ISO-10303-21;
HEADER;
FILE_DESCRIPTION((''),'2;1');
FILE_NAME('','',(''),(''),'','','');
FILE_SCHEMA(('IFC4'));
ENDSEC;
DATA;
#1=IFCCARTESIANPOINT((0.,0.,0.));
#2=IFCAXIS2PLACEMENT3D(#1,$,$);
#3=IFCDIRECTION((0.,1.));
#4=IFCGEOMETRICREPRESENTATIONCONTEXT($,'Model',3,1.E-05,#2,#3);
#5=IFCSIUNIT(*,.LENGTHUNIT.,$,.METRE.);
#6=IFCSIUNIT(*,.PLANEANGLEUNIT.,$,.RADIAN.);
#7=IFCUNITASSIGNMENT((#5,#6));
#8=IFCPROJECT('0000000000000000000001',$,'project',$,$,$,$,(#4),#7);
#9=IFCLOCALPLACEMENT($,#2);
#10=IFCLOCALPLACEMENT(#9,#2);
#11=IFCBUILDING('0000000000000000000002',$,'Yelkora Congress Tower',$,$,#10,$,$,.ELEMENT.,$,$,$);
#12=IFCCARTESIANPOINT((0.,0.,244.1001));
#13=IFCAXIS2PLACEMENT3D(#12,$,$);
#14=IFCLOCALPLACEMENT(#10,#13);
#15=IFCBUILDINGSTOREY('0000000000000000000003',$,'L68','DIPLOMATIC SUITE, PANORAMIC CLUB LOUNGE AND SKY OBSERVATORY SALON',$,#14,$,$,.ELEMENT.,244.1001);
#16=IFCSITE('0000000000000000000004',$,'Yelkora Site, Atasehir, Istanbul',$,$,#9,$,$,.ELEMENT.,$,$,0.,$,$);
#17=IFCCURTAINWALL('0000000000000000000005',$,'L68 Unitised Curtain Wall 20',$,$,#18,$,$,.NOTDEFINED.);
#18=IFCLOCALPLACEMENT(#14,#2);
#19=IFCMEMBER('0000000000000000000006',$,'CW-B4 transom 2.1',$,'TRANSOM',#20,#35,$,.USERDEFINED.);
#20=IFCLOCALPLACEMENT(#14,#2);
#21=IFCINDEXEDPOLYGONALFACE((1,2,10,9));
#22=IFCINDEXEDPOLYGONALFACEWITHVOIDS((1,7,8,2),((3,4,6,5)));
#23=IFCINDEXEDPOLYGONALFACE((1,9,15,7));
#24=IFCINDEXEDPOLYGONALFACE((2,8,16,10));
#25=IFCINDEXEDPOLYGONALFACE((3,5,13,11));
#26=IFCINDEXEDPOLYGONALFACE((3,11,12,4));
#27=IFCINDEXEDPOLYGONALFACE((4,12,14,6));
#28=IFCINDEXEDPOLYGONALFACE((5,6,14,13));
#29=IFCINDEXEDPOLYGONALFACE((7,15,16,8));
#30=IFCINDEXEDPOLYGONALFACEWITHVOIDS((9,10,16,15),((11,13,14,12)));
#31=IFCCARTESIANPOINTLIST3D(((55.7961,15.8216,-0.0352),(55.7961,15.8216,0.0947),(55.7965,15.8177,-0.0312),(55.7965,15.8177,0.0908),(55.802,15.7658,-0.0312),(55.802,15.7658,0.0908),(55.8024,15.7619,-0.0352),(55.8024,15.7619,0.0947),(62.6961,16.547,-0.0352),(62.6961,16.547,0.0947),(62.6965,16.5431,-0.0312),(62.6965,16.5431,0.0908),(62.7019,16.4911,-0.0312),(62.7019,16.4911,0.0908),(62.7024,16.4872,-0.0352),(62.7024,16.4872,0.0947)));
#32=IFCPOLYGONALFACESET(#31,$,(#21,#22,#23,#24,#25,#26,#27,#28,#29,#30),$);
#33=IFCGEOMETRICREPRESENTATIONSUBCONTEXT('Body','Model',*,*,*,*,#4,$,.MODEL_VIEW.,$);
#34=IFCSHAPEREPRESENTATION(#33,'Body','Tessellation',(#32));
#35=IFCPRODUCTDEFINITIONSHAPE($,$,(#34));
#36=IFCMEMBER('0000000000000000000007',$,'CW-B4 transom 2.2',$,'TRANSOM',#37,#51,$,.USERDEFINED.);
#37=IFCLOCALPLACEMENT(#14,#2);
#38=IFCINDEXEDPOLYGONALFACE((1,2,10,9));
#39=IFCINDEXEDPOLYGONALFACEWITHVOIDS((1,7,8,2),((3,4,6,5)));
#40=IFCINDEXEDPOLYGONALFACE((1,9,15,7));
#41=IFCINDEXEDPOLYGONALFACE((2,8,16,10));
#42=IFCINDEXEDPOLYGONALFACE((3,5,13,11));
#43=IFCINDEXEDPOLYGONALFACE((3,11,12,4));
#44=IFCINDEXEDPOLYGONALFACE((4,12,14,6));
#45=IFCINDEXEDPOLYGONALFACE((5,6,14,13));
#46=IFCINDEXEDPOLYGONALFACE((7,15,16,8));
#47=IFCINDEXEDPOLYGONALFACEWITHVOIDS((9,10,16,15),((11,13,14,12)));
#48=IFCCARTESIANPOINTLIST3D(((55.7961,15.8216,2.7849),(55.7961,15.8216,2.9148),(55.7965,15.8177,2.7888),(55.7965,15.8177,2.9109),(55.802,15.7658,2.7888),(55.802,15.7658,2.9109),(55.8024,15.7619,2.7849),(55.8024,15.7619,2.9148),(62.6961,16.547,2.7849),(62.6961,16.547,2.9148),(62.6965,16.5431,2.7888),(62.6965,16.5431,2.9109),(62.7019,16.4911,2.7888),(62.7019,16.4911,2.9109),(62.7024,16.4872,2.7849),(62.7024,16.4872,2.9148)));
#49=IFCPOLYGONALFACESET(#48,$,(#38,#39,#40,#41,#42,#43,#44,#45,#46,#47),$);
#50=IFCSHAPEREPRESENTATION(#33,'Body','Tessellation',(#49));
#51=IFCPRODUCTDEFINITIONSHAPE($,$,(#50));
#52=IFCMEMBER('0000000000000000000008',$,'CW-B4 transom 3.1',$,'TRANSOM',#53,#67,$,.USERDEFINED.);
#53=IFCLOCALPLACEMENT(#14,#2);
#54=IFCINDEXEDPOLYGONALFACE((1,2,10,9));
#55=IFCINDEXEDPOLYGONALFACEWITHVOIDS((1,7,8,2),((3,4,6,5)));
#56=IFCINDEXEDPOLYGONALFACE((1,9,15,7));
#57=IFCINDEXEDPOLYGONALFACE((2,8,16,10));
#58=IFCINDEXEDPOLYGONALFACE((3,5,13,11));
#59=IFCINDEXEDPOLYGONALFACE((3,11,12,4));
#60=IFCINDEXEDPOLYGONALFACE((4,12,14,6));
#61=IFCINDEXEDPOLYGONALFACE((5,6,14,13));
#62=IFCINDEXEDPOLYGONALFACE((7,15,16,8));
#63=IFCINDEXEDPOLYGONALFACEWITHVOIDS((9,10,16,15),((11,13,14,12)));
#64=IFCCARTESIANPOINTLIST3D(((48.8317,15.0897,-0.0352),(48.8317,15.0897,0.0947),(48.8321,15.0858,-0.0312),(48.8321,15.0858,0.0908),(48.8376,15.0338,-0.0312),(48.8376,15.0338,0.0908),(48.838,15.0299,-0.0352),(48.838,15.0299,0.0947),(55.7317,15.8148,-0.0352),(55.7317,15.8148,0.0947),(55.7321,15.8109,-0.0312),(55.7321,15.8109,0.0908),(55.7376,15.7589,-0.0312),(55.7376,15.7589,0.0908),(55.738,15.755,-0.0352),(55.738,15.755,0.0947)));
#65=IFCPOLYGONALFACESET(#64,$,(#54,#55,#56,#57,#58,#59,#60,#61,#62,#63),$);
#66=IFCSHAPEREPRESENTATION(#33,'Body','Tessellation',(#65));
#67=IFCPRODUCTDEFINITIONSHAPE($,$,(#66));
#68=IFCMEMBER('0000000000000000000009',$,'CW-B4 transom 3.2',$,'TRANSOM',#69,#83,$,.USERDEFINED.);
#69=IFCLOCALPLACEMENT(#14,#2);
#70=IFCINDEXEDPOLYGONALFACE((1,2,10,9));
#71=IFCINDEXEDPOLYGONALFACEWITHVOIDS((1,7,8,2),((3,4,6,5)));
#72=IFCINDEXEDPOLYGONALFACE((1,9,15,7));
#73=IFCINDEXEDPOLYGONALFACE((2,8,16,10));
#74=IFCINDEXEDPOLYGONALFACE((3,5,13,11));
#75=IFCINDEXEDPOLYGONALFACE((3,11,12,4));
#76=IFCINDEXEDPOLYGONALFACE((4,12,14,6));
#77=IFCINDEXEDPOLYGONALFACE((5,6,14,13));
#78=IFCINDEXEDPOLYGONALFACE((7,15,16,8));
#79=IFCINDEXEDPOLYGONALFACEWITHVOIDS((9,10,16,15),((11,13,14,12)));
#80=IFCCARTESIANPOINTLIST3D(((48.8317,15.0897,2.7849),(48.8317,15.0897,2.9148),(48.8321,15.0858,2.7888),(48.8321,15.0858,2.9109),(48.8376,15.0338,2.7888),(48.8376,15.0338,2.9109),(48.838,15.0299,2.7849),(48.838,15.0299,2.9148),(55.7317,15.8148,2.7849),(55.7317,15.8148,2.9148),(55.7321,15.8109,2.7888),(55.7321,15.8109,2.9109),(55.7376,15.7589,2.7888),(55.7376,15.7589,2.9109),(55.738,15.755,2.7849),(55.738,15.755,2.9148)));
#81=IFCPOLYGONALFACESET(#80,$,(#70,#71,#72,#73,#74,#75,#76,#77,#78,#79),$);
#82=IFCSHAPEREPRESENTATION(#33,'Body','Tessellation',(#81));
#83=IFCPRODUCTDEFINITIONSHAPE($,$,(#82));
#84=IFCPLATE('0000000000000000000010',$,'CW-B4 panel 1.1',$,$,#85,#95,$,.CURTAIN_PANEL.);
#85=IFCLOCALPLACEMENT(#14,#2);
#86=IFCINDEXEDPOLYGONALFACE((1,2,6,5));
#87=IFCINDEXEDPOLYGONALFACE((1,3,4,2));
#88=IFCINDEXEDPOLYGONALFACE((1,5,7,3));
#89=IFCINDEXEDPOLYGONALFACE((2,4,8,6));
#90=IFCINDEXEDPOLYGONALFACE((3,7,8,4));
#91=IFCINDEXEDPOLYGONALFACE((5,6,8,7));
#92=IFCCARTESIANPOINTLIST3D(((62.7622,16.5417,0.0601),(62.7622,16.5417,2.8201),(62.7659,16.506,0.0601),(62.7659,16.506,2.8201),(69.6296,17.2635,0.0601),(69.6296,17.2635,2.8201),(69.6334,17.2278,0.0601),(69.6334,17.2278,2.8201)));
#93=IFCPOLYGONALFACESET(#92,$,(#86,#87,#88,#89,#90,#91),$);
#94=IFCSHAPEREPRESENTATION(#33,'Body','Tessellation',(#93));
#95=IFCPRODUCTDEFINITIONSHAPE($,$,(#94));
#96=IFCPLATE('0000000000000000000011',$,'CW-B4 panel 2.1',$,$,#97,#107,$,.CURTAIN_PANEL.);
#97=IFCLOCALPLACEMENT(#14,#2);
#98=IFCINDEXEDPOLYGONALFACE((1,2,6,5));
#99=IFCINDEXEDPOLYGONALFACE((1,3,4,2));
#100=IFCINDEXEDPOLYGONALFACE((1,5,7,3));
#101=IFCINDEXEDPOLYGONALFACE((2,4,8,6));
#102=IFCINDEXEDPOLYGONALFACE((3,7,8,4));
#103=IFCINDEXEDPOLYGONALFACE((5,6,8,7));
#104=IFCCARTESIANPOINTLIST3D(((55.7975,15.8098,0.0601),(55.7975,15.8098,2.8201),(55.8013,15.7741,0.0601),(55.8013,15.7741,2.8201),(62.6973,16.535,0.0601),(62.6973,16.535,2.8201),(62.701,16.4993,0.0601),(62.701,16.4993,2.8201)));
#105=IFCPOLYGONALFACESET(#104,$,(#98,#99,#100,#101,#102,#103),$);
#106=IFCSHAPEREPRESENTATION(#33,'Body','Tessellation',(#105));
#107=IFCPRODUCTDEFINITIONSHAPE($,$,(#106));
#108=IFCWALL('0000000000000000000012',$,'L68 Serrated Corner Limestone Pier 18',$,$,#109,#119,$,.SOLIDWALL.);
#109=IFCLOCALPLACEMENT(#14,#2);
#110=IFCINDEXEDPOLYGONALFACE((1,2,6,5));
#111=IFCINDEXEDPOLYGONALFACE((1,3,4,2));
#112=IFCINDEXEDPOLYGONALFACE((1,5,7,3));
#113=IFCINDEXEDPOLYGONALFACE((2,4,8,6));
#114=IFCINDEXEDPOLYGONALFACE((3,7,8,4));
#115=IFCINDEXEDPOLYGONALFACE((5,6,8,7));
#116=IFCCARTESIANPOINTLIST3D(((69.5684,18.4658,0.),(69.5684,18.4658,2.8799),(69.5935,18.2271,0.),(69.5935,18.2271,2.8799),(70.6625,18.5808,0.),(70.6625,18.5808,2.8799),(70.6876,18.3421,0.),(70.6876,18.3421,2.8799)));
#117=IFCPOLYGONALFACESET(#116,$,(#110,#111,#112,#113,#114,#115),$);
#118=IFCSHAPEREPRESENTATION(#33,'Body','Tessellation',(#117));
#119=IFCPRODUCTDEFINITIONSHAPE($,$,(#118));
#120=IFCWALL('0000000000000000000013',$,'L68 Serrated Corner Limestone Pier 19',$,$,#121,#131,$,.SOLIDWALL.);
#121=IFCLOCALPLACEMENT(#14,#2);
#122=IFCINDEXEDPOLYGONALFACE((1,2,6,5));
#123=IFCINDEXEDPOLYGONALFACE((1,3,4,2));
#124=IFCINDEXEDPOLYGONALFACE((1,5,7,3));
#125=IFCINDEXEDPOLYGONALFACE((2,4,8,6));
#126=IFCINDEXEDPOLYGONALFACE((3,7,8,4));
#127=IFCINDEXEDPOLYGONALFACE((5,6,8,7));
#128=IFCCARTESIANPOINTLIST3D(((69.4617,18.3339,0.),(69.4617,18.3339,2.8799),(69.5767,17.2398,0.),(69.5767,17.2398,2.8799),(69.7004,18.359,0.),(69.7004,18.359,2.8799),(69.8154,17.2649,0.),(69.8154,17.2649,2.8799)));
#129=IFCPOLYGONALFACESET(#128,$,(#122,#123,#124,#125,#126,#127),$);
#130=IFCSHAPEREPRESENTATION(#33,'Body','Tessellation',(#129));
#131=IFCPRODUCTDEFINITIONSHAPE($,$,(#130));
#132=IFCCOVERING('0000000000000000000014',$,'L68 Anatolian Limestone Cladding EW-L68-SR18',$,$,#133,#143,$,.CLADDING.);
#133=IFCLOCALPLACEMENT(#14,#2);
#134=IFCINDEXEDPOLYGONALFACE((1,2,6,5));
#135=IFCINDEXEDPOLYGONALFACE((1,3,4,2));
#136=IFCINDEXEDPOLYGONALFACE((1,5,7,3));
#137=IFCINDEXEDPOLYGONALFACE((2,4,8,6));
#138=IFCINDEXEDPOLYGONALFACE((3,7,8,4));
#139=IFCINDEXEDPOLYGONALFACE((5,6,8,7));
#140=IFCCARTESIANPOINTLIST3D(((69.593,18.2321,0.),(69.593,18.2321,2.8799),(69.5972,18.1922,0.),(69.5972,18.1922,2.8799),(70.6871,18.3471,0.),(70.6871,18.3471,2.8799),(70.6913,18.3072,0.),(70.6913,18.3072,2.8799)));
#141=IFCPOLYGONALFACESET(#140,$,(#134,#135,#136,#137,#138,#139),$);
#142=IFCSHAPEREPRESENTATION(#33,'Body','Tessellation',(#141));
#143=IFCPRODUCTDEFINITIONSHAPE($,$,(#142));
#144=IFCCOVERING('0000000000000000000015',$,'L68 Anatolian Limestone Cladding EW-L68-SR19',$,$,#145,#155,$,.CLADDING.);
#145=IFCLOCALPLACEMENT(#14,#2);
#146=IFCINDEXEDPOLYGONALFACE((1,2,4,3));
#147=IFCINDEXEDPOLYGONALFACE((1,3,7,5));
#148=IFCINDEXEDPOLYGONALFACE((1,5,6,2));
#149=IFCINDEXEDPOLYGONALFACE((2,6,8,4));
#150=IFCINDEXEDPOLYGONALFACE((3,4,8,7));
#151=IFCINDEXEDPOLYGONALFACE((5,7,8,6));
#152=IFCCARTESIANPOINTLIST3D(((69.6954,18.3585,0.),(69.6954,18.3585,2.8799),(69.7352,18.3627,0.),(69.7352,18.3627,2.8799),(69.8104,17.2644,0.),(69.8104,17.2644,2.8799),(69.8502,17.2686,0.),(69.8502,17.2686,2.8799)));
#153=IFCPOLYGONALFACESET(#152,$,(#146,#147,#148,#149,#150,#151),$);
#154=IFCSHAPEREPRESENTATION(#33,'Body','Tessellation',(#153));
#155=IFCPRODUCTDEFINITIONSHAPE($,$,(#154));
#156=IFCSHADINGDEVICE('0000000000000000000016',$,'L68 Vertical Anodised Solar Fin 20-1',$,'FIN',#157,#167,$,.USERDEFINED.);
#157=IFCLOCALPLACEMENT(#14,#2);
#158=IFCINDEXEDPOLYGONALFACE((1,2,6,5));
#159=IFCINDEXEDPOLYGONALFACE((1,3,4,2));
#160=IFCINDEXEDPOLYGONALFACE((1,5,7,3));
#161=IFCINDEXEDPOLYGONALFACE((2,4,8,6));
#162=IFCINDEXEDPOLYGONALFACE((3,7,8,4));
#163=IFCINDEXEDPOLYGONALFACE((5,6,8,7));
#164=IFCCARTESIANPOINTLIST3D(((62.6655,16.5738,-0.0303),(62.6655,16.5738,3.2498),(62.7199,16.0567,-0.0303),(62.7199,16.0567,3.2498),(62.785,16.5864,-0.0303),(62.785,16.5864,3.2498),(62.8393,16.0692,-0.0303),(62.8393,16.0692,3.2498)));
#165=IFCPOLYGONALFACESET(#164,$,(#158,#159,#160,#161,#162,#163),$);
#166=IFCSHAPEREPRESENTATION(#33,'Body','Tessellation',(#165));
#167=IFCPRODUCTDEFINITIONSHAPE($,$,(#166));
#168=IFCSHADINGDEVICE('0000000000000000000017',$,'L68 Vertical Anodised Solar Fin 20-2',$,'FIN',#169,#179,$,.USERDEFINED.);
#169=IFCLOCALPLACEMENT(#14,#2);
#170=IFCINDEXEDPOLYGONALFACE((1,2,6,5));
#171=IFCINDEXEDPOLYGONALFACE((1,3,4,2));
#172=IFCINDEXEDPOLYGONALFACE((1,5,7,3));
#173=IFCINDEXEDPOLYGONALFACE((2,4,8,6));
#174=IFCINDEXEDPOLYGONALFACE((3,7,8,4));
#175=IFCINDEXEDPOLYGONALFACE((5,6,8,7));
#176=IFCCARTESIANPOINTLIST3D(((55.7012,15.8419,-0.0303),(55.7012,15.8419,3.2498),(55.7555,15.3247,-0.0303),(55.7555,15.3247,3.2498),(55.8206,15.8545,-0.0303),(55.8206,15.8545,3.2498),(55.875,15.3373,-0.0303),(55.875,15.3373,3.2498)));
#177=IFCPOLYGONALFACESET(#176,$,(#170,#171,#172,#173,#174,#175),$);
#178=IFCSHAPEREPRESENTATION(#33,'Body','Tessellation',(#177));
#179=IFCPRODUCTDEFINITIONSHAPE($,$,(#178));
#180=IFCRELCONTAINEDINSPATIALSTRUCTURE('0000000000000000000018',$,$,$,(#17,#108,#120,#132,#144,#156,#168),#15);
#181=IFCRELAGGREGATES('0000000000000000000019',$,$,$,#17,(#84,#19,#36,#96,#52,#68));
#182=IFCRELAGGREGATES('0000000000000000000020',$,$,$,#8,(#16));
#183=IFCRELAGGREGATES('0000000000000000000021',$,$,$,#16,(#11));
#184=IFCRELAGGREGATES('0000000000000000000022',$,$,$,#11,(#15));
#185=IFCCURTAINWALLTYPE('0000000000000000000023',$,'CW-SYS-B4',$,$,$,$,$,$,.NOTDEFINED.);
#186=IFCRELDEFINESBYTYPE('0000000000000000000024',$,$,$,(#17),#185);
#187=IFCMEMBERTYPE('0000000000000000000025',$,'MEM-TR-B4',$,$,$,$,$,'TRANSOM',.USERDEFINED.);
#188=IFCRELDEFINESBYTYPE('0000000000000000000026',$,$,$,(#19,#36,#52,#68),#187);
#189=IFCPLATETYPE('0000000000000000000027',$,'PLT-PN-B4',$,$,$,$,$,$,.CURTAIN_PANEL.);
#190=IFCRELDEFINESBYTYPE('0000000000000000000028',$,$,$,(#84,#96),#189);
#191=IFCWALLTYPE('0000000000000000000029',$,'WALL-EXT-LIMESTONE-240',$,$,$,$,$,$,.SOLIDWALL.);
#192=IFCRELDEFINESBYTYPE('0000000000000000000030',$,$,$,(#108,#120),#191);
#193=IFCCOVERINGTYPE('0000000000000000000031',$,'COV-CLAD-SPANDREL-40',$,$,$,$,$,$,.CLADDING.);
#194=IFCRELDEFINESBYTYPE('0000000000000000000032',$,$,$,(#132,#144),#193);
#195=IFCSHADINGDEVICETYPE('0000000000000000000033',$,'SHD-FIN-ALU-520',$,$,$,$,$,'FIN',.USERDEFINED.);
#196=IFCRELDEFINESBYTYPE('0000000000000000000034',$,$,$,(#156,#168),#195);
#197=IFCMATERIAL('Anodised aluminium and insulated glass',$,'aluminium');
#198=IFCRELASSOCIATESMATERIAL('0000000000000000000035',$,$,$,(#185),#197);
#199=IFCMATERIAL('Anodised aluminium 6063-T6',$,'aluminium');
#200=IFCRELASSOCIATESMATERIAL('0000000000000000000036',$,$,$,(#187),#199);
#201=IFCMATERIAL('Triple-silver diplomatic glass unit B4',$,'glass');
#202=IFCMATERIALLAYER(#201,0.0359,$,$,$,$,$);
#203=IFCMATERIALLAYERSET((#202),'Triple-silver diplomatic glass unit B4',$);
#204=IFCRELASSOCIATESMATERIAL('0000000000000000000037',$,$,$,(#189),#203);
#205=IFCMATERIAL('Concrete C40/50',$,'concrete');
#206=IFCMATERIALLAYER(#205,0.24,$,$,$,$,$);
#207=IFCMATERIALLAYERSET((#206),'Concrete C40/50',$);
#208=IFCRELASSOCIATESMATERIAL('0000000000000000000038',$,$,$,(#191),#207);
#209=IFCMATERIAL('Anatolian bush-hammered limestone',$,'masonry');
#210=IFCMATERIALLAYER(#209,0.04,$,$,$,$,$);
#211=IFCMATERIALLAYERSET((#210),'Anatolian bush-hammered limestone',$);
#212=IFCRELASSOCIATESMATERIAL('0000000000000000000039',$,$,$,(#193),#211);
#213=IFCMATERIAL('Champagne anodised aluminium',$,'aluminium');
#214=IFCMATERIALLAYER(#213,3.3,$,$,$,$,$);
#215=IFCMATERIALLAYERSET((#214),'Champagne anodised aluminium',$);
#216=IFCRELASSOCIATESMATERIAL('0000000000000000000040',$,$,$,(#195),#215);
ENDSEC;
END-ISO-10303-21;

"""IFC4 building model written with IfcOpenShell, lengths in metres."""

from ifc_helpers import new_model, si_unit, direction, frame, frame_2d, origin, origin_2d, place, context, subcontext, project, spatial, rectangle, hollow_rectangle, extrude, material, layer, layer_set, material_profile, profile_set, type_object, element, aggregate, save


model = new_model("IFC4")

# Units and contexts
model_context = context("Model", 3, precision=1e-05, world=origin(), true_north=direction((0.0, 1.0)))
body_context = subcontext(model_context, "Body", "Model", "MODEL_VIEW")
ifc_project = project(units=[si_unit("LENGTHUNIT", "METRE"), si_unit("PLANEANGLEUNIT", "RADIAN")], contexts=[model_context])

# Site, building, storey
site_placement = place(None, origin())
site = spatial("IfcSite", under=ifc_project, at=site_placement, Name="Yelkora Site, Atasehir, Istanbul", CompositionType="ELEMENT", RefElevation=0.0)
building_placement = place(site_placement, origin())
building = spatial("IfcBuilding", under=site, at=building_placement, Name="Yelkora Congress Tower", CompositionType="ELEMENT")
storey_placement = place(building_placement, frame((0.0, 0.0, 244.1001)))
storey = spatial("IfcBuildingStorey", under=building, at=storey_placement, Name="L68", Description="DIPLOMATIC SUITE, PANORAMIC CLUB LOUNGE AND SKY OBSERVATORY SALON", CompositionType="ELEMENT", Elevation=244.1001)

# Curtain wall, members, plates
ifc_material_1 = material(Name="Anodised aluminium and insulated glass", Category="aluminium")
curtain_wall_type = type_object("IfcCurtainWallType", Name="CW-SYS-B4", PredefinedType="NOTDEFINED", material=ifc_material_1)
curtain_wall_placement = place(storey_placement, origin())
curtain_wall = element("IfcCurtainWall", 1, at=curtain_wall_placement, inside=storey, type_object=curtain_wall_type, Name="L68 Unitised Curtain Wall 20", PredefinedType="NOTDEFINED")
ifc_material_2 = material(Name="Anodised aluminium 6063-T6", Category="aluminium")
ifc_material_profile_1 = material_profile(ifc_material_2, hollow_rectangle(XDim=0.0601, YDim=0.1299, WallThickness=0.0039, at=origin_2d()), Name="ALU 60x130x4")
ifc_profile_set_1 = profile_set([ifc_material_profile_1], Name="Anodised aluminium 6063-T6")
member_type_1 = type_object("IfcMemberType", Name="MEM-TR-B4", ElementType="TRANSOM", PredefinedType="USERDEFINED", material=ifc_profile_set_1)
member_1_placement = place(storey_placement, frame((62.6992, 16.5171, 0.0298), z_axis=(-0.99452, -0.104547, 0.0), x_axis=(0.104547, -0.99452, 0.0)))
member_1 = element("IfcMember", 2, at=member_1_placement, type_object=member_type_1, Name="CW-B4 transom 2.1", ObjectType="TRANSOM", PredefinedType="USERDEFINED", context=body_context, shape_type="SweptSolid", body=[
    extrude(hollow_rectangle(XDim=0.0601, YDim=0.1299, WallThickness=0.0039, at=origin_2d()), origin(), (0.0, 0.0, 1.0), 6.938),
])
member_2_placement = place(storey_placement, frame((62.6992, 16.5171, 2.8499), z_axis=(-0.99452, -0.104547, 0.0), x_axis=(0.104547, -0.99452, 0.0)))
member_2 = element("IfcMember", 3, at=member_2_placement, type_object=member_type_1, Name="CW-B4 transom 2.2", ObjectType="TRANSOM", PredefinedType="USERDEFINED", context=body_context, shape_type="SweptSolid", body=[
    extrude(hollow_rectangle(XDim=0.0601, YDim=0.1299, WallThickness=0.0039, at=origin_2d()), origin(), (0.0, 0.0, 1.0), 6.938),
])
member_3_placement = place(storey_placement, frame((55.7349, 15.7849, 0.0298), z_axis=(-0.994524, -0.104513, 0.0), x_axis=(0.104513, -0.994524, 0.0)))
member_3 = element("IfcMember", 4, at=member_3_placement, type_object=member_type_1, Name="CW-B4 transom 3.1", ObjectType="TRANSOM", PredefinedType="USERDEFINED", context=body_context, shape_type="SweptSolid", body=[
    extrude(hollow_rectangle(XDim=0.0601, YDim=0.1299, WallThickness=0.0039, at=origin_2d()), origin(), (0.0, 0.0, 1.0), 6.938),
])
member_4_placement = place(storey_placement, frame((55.7349, 15.7849, 2.8499), z_axis=(-0.994524, -0.104513, 0.0), x_axis=(0.104513, -0.994524, 0.0)))
member_4 = element("IfcMember", 5, at=member_4_placement, type_object=member_type_1, Name="CW-B4 transom 3.2", ObjectType="TRANSOM", PredefinedType="USERDEFINED", context=body_context, shape_type="SweptSolid", body=[
    extrude(hollow_rectangle(XDim=0.0601, YDim=0.1299, WallThickness=0.0039, at=origin_2d()), origin(), (0.0, 0.0, 1.0), 6.938),
])
ifc_material_3 = material(Name="Triple-silver diplomatic glass unit B4", Category="glass")
ifc_layer_1 = layer(ifc_material_3, 0.0359)
ifc_layer_set_1 = layer_set([ifc_layer_1], Name="Triple-silver diplomatic glass unit B4")
plate_type = type_object("IfcPlateType", Name="PLT-PN-B4", PredefinedType="CURTAIN_PANEL", material=ifc_layer_set_1)
plate_1_placement = place(storey_placement, frame((66.1978, 16.8848, 0.0601), z_axis=(0.0, 0.0, 1.0), x_axis=(-0.994522, -0.104527, 0.0)))
plate_1 = element("IfcPlate", 6, at=plate_1_placement, type_object=plate_type, Name="CW-B4 panel 1.1", PredefinedType="CURTAIN_PANEL", context=body_context, shape_type="SweptSolid", body=[
    extrude(rectangle(XDim=6.9053, YDim=0.0359, at=origin_2d()), origin(), (0.0, 0.0, 1.0), 2.76),
])
plate_2_placement = place(storey_placement, frame((59.2493, 16.1545, 0.0601), z_axis=(0.0, 0.0, 1.0), x_axis=(-0.994522, -0.104527, 0.0)))
plate_2 = element("IfcPlate", 7, at=plate_2_placement, type_object=plate_type, Name="CW-B4 panel 2.1", PredefinedType="CURTAIN_PANEL", context=body_context, shape_type="SweptSolid", body=[
    extrude(rectangle(XDim=6.9377, YDim=0.0359, at=origin_2d()), origin(), (0.0, 0.0, 1.0), 2.76),
])
aggregate(curtain_wall, [plate_1, member_1, member_2, plate_2, member_3, member_4])

# Walls
ifc_material_4 = material(Name="Concrete C40/50", Category="concrete")
ifc_layer_2 = layer(ifc_material_4, 0.24)
ifc_layer_set_2 = layer_set([ifc_layer_2], Name="Concrete C40/50")
wall_type = type_object("IfcWallType", Name="WALL-EXT-LIMESTONE-240", PredefinedType="SOLIDWALL", material=ifc_layer_set_2)
for number, where, z_axis, x_axis, name in (
    (8, (70.675, 18.4614, 0.0), (0.0, 0.0, 1.0), (-0.994521, -0.104535, 0.0), "L68 Serrated Corner Limestone Pier 18"),
    (9, (69.5811, 18.3464, 0.0), (0.0, 0.0, 1.0), (0.104535, -0.994521, 0.0), "L68 Serrated Corner Limestone Pier 19"),
):
    element("IfcWall", number, at=place(storey_placement, frame(where, z_axis=z_axis, x_axis=x_axis)), inside=storey, type_object=wall_type, Name=name, PredefinedType="SOLIDWALL", context=body_context, shape_type="SweptSolid", body=[
        extrude(rectangle(XDim=1.1001, YDim=0.24, at=frame_2d((0.55, 0.0))), origin(), (0.0, 0.0, 1.0), 2.8799),
    ])

# Coverings
ifc_material_5 = material(Name="Anatolian bush-hammered limestone", Category="masonry")
ifc_layer_3 = layer(ifc_material_5, 0.04)
ifc_layer_set_3 = layer_set([ifc_layer_3], Name="Anatolian bush-hammered limestone")
covering_type = type_object("IfcCoveringType", Name="COV-CLAD-SPANDREL-40", PredefinedType="CLADDING", material=ifc_layer_set_3)
for number, where, z_axis, x_axis, name in (
    (10, (70.6892, 18.3271, 0.0), (0.0, 0.0, 1.0), (-0.994521, -0.104535, 0.0), "L68 Anatolian Limestone Cladding EW-L68-SR18"),
    (11, (69.7153, 18.3606, 0.0), (0.0, 0.0, 1.0), (0.104535, -0.994521, 0.0), "L68 Anatolian Limestone Cladding EW-L68-SR19"),
):
    element("IfcCovering", number, at=place(storey_placement, frame(where, z_axis=z_axis, x_axis=x_axis)), inside=storey, type_object=covering_type, Name=name, PredefinedType="CLADDING", context=body_context, shape_type="SweptSolid", body=[
        extrude(rectangle(XDim=1.1001, YDim=0.04, at=frame_2d((0.55, 0.0))), origin(), (0.0, 0.0, 1.0), 2.8799),
    ])

# Shading devices
ifc_material_6 = material(Name="Champagne anodised aluminium", Category="aluminium")
ifc_layer_4 = layer(ifc_material_6, 3.3)
ifc_layer_set_4 = layer_set([ifc_layer_4], Name="Champagne anodised aluminium")
shading_device_type = type_object("IfcShadingDeviceType", Name="SHD-FIN-ALU-520", ElementType="FIN", PredefinedType="USERDEFINED", material=ifc_layer_set_4)
for number, where, z_axis, x_axis, name in (
    (12, (62.7524, 16.3215, -0.0303), (0.0, 0.0, 1.0), (-0.994522, -0.104528, 0.0), "L68 Vertical Anodised Solar Fin 20-1"),
    (13, (55.7881, 15.5896, -0.0303), (0.0, 0.0, 1.0), (-0.994522, -0.104528, 0.0), "L68 Vertical Anodised Solar Fin 20-2"),
):
    element("IfcShadingDevice", number, at=place(storey_placement, frame(where, z_axis=z_axis, x_axis=x_axis)), inside=storey, type_object=shading_device_type, Name=name, ObjectType="FIN", PredefinedType="USERDEFINED", context=body_context, shape_type="SweptSolid", body=[
        extrude(rectangle(XDim=0.1201, YDim=0.52, at=origin_2d()), origin(), (0.0, 0.0, 1.0), 3.28),
    ])

save(model, "model.ifc")
